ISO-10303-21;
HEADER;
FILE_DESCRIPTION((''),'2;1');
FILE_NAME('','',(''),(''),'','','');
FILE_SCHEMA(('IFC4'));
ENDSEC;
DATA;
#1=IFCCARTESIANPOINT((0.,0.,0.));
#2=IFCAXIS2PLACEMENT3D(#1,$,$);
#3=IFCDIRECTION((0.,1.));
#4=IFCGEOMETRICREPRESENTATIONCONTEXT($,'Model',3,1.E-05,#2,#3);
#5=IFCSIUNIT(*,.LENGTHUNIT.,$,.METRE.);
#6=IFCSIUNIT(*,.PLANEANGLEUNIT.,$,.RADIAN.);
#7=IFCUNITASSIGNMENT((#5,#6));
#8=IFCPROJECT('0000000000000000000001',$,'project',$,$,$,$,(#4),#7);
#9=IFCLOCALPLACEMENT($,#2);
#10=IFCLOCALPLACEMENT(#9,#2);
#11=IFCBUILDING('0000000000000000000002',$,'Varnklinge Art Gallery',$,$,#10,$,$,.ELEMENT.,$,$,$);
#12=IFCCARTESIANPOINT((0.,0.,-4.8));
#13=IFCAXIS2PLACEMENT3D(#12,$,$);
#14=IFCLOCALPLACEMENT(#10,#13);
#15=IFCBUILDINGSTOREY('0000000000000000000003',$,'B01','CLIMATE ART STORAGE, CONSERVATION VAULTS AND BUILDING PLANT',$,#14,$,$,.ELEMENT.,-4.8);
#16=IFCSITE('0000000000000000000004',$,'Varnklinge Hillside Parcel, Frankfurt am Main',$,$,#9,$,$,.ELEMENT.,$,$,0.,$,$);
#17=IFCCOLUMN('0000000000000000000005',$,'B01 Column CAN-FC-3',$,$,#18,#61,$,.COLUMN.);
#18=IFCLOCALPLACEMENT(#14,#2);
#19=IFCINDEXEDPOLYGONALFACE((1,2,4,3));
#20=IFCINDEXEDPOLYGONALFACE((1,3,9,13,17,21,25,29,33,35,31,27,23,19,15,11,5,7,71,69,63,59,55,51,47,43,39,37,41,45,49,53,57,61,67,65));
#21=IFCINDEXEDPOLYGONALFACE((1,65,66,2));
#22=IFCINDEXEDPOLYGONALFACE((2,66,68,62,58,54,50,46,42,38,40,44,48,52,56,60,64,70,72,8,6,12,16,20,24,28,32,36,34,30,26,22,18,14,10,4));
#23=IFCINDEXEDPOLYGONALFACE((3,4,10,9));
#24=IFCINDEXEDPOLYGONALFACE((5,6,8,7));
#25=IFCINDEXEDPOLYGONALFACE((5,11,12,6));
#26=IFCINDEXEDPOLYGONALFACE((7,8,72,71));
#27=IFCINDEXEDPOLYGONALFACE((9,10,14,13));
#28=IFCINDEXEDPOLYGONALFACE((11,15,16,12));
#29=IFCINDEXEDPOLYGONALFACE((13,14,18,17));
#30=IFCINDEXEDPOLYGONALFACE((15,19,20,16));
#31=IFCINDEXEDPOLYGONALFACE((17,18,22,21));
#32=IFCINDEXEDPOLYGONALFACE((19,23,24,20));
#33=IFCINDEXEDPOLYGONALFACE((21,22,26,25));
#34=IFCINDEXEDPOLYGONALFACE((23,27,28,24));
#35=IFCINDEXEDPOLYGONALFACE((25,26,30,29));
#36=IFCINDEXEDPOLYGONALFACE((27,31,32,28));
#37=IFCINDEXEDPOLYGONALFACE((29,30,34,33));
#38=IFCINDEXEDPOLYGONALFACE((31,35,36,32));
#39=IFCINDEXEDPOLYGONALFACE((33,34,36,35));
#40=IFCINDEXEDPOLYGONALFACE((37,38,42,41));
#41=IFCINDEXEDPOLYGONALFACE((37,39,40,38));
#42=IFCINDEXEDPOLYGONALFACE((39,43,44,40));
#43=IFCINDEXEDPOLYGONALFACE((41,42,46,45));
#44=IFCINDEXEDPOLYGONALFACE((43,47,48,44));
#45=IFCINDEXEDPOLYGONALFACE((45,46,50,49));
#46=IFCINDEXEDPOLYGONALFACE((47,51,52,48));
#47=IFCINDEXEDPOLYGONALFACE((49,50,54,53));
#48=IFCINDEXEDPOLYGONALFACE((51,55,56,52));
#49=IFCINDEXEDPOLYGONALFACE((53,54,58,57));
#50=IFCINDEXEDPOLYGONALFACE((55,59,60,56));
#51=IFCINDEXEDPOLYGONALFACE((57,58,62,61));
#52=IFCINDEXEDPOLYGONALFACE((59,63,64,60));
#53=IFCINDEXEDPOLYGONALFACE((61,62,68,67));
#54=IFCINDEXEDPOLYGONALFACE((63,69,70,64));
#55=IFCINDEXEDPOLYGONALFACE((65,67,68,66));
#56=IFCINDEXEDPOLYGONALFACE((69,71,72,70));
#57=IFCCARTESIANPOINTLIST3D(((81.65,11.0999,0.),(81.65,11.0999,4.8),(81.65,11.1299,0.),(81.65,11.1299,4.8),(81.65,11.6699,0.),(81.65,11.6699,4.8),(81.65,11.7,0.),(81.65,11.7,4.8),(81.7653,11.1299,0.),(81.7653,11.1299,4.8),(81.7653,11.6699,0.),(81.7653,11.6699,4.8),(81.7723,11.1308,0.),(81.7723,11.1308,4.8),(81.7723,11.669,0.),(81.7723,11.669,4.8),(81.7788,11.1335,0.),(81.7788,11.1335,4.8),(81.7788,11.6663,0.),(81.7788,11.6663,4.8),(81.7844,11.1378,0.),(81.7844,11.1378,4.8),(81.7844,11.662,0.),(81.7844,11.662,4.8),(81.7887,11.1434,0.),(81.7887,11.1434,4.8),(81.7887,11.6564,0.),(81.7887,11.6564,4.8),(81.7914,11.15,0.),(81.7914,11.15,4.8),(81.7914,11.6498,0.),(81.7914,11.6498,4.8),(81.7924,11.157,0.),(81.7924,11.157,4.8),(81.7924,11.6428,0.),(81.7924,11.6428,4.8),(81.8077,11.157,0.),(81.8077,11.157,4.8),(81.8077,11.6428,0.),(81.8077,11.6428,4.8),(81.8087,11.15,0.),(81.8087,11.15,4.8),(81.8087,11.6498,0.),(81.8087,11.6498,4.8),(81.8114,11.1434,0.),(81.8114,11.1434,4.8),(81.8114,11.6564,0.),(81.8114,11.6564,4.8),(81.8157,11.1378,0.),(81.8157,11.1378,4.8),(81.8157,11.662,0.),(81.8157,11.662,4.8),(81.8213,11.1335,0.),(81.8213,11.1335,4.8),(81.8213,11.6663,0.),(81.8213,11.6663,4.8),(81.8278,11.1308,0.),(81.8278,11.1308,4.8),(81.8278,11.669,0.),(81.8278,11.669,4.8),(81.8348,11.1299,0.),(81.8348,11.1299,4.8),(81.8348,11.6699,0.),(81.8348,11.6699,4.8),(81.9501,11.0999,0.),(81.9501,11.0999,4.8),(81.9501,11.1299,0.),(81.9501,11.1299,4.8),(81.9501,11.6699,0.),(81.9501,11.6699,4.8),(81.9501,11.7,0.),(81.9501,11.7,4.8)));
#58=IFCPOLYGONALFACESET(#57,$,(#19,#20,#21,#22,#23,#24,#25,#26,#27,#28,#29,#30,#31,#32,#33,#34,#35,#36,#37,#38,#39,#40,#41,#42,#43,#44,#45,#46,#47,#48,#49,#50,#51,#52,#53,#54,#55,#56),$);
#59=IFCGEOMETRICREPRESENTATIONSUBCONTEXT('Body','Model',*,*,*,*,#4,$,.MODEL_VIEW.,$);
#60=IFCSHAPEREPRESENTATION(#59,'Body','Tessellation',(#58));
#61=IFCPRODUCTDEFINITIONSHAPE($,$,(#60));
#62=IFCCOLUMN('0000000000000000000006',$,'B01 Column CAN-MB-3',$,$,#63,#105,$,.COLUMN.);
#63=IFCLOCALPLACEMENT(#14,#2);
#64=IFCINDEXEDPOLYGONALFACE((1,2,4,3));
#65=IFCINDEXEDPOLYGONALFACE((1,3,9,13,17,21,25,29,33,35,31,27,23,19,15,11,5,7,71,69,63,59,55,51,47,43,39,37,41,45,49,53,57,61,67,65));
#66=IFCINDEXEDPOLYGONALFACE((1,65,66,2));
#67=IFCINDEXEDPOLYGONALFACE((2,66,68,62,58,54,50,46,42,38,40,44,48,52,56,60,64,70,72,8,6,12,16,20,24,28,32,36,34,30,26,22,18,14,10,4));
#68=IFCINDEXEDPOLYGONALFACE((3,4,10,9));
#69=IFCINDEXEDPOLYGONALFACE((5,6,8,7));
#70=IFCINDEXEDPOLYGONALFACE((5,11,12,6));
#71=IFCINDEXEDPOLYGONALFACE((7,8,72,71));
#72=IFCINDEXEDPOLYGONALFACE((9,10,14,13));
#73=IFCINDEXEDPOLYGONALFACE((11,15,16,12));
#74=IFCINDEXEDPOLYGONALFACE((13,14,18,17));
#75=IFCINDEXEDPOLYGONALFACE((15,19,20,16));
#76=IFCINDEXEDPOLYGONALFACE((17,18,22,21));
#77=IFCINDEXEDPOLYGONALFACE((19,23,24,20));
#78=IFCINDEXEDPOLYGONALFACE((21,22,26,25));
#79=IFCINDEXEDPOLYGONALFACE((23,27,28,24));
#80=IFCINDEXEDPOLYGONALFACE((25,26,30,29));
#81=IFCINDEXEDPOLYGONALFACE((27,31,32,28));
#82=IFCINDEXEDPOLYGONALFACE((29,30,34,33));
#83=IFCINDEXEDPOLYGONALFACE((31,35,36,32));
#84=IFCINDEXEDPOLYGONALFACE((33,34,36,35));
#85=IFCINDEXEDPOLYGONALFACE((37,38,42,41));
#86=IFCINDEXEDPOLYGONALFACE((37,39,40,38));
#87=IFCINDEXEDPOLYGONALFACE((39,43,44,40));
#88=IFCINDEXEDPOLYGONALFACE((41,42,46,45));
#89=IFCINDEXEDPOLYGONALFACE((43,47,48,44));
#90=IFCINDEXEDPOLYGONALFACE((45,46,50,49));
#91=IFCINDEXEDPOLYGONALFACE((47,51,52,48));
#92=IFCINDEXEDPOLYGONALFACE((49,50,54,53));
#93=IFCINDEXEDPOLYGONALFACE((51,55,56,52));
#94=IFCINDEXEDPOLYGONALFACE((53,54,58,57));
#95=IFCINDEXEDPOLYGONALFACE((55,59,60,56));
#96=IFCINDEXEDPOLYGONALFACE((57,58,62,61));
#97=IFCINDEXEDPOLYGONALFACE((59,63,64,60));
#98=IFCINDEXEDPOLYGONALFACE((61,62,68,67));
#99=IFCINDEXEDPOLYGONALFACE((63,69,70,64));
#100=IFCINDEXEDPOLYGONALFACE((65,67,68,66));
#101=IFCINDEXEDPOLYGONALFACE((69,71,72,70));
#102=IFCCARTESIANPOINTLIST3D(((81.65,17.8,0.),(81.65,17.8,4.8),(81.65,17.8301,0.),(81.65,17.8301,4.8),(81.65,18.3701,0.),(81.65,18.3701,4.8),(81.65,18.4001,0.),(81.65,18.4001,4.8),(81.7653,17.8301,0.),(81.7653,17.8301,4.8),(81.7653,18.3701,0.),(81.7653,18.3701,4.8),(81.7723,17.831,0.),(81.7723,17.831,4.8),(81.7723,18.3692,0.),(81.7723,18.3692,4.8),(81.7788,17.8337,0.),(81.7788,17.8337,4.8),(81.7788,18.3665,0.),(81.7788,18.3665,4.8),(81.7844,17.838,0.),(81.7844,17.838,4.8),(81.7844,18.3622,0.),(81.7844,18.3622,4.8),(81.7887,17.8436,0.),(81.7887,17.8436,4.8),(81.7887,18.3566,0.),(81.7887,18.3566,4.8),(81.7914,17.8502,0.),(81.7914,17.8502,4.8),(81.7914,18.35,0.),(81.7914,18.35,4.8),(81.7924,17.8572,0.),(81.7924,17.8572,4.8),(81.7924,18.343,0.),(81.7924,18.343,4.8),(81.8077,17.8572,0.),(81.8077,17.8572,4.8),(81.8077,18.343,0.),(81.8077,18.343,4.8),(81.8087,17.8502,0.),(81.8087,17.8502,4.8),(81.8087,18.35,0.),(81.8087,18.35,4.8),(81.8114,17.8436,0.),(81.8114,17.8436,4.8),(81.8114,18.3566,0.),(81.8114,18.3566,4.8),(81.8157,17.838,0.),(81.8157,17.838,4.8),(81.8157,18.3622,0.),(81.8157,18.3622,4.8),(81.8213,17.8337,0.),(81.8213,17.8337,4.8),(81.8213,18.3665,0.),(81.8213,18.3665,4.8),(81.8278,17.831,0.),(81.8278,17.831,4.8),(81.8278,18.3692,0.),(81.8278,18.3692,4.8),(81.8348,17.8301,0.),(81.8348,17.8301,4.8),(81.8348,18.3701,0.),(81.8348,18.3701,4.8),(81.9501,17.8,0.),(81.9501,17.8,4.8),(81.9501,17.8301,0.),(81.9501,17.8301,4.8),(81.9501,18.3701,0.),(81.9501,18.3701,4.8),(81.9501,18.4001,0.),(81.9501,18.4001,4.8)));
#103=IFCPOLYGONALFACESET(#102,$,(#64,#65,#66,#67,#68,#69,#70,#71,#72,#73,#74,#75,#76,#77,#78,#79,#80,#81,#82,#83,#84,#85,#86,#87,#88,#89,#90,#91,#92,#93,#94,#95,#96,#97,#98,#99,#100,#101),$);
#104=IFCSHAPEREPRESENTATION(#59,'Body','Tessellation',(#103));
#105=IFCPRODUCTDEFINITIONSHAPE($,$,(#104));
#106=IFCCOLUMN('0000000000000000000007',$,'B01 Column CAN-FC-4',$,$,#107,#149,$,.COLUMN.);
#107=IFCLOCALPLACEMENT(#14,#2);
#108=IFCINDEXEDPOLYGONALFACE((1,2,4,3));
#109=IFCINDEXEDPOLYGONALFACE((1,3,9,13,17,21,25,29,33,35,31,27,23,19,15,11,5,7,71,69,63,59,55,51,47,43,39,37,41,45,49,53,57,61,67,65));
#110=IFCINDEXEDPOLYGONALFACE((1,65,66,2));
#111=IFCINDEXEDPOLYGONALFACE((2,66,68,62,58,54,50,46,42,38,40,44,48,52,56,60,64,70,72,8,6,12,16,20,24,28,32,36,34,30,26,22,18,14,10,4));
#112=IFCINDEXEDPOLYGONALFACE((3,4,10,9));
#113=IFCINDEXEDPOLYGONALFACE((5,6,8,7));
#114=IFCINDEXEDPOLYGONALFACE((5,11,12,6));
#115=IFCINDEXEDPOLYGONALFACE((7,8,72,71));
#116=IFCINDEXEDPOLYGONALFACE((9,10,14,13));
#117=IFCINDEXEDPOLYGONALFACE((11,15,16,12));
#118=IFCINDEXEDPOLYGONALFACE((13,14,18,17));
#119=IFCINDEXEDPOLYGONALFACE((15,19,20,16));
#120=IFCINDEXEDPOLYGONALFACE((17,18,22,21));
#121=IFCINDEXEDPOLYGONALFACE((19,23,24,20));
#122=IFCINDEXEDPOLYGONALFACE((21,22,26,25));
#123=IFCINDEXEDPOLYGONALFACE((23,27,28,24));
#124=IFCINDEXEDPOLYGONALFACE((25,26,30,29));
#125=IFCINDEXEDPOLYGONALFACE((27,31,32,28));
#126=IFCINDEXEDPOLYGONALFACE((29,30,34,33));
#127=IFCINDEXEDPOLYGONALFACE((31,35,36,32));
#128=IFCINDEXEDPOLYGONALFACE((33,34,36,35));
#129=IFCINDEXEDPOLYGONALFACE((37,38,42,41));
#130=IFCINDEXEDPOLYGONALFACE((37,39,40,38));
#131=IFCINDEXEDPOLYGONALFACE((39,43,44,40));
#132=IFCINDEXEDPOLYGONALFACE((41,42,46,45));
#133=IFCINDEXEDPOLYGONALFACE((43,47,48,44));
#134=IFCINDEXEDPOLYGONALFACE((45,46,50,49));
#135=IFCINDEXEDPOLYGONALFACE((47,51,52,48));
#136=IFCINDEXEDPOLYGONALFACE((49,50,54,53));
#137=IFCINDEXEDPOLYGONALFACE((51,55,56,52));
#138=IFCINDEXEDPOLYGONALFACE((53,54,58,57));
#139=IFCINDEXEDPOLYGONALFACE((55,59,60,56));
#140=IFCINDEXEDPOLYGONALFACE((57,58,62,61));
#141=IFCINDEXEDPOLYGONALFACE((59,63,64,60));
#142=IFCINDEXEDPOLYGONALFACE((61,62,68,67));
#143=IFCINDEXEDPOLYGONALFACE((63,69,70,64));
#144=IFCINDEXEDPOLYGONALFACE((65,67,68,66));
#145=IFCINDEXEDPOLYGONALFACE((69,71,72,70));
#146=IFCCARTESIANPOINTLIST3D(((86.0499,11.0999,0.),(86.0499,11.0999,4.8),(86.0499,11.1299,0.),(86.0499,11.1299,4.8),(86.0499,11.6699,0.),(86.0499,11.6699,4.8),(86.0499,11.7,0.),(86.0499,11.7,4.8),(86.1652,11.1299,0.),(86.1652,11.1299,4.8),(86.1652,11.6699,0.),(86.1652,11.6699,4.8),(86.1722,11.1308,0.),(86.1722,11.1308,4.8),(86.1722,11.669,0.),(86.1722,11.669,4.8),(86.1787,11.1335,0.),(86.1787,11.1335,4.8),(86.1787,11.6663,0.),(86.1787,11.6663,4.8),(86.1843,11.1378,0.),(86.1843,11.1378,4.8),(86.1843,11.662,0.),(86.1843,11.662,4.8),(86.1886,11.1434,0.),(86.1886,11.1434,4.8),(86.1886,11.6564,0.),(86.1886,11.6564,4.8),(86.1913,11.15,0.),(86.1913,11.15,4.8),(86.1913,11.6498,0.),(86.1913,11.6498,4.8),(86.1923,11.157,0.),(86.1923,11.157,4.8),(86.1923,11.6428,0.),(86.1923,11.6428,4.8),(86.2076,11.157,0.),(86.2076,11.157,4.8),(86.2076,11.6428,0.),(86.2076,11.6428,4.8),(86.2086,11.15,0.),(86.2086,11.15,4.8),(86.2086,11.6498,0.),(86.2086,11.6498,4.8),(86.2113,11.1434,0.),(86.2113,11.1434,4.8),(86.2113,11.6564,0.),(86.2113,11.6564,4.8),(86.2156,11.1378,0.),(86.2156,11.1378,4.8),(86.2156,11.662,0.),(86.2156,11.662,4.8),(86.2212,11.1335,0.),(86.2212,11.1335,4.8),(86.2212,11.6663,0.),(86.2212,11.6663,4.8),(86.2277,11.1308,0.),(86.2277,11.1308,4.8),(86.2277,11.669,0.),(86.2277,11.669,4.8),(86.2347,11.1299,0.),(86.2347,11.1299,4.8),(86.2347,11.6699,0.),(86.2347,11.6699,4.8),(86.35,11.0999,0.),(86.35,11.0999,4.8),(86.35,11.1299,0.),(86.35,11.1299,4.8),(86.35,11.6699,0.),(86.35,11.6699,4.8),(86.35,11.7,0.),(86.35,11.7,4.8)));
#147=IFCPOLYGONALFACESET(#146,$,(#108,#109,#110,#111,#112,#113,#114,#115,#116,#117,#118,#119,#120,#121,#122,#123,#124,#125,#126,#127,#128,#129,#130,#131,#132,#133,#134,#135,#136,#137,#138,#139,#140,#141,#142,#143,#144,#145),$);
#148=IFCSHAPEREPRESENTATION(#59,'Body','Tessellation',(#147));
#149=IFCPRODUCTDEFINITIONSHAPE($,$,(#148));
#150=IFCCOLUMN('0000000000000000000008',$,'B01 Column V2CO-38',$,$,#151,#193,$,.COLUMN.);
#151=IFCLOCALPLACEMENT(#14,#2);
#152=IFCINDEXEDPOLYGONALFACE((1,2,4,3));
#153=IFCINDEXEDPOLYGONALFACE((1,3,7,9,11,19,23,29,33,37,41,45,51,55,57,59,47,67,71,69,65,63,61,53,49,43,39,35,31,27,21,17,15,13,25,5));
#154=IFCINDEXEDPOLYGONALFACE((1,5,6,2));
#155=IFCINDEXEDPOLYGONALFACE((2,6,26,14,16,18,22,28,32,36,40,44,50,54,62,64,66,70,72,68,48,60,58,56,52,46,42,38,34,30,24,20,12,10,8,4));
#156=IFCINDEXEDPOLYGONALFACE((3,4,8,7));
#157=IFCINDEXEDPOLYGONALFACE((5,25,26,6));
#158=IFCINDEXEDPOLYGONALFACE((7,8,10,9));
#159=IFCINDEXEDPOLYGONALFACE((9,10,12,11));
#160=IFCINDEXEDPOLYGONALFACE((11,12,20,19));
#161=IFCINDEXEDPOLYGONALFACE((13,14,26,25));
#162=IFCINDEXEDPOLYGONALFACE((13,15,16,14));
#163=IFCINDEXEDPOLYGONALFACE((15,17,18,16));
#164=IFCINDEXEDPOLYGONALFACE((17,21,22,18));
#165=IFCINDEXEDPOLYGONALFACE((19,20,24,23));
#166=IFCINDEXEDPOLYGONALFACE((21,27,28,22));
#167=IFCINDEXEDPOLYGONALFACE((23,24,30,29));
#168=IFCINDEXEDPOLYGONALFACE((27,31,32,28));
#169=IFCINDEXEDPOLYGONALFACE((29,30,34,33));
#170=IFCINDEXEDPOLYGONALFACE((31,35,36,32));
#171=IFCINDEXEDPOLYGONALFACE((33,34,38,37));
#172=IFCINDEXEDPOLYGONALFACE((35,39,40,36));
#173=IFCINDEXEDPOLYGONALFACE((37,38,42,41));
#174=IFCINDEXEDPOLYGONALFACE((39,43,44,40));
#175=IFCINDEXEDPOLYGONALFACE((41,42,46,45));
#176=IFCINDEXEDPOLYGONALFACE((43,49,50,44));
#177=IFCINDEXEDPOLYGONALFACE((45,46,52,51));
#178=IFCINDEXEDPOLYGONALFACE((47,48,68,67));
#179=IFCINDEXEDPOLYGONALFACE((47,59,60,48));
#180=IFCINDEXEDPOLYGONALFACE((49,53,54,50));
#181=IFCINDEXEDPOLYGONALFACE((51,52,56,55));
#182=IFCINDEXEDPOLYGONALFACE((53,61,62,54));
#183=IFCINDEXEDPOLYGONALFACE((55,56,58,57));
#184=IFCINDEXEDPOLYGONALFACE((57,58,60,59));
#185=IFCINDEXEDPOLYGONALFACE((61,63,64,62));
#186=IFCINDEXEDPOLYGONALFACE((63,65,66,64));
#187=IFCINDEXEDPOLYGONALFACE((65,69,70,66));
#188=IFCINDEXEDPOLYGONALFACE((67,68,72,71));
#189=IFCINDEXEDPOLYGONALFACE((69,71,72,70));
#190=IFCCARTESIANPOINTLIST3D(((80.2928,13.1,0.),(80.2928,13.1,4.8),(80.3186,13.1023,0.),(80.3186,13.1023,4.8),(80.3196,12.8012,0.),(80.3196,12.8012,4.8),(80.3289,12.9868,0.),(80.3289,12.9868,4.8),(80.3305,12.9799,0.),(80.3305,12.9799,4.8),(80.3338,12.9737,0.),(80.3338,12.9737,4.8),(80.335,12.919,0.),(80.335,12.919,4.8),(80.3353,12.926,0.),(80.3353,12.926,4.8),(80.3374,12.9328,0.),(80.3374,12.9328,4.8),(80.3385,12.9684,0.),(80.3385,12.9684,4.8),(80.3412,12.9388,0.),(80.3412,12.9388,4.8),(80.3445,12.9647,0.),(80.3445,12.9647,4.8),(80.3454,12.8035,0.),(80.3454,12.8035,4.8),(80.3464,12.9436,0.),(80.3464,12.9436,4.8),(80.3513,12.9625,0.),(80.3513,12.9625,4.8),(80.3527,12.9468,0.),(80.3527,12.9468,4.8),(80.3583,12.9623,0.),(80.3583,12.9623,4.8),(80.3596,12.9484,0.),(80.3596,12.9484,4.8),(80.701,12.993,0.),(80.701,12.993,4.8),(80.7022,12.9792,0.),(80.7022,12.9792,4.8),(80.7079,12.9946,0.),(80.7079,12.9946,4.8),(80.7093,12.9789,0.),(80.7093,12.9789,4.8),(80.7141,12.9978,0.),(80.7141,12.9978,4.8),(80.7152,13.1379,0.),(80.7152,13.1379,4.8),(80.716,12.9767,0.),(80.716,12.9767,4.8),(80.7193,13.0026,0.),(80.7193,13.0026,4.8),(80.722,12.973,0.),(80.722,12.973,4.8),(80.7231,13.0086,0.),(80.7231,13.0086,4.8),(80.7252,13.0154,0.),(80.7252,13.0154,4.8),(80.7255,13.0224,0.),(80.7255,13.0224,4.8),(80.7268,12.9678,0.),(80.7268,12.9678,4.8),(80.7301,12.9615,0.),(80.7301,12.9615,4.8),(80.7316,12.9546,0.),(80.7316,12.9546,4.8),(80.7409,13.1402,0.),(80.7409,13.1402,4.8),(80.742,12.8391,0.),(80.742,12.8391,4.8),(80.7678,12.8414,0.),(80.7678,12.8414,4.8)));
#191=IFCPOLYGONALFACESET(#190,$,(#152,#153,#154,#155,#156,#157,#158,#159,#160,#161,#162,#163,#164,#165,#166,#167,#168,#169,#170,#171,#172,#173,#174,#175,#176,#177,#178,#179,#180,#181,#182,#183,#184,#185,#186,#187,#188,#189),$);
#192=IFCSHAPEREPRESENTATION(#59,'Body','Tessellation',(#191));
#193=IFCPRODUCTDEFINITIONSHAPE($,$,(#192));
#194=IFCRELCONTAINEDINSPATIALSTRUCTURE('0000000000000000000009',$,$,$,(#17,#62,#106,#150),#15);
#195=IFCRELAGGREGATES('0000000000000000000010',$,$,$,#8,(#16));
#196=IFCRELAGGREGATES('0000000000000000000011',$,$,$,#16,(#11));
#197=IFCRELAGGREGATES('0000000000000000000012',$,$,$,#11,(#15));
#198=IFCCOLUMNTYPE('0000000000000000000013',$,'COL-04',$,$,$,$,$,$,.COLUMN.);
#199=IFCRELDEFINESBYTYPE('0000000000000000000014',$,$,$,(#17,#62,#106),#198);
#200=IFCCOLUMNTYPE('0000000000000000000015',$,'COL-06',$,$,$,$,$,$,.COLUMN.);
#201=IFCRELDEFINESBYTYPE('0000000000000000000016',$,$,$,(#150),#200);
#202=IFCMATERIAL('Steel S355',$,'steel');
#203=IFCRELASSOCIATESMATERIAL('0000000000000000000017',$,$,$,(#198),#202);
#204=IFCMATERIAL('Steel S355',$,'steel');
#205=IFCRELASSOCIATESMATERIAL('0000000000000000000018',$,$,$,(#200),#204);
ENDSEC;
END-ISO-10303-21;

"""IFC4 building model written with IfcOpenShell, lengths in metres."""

from ifc_helpers import new_model, si_unit, direction, frame, origin, origin_2d, place, context, subcontext, project, spatial, i_section, extrude, material, material_profile, profile_set, type_object, element, save


model = new_model("IFC4")

# Units and contexts
model_context = context("Model", 3, precision=1e-05, world=origin(), true_north=direction((0.0, 1.0)))
body_context = subcontext(model_context, "Body", "Model", "MODEL_VIEW")
ifc_project = project(units=[si_unit("LENGTHUNIT", "METRE"), si_unit("PLANEANGLEUNIT", "RADIAN")], contexts=[model_context])

# Site, building, storey
site_placement = place(None, origin())
site = spatial("IfcSite", under=ifc_project, at=site_placement, Name="Varnklinge Hillside Parcel, Frankfurt am Main", CompositionType="ELEMENT", RefElevation=0.0)
building_placement = place(site_placement, origin())
building = spatial("IfcBuilding", under=site, at=building_placement, Name="Varnklinge Art Gallery", CompositionType="ELEMENT")
storey_placement = place(building_placement, frame((0.0, 0.0, -4.8)))
storey = spatial("IfcBuildingStorey", under=building, at=storey_placement, Name="B01", Description="CLIMATE ART STORAGE, CONSERVATION VAULTS AND BUILDING PLANT", CompositionType="ELEMENT", Elevation=-4.8)

# Columns
ifc_material_1 = material(Name="Steel S355", Category="steel")
ifc_material_profile_1 = material_profile(ifc_material_1, i_section(OverallWidth=0.3, OverallDepth=0.6001, WebThickness=0.0154, FlangeThickness=0.03, FilletRadius=0.0271, at=origin_2d()), Name="HEB 600")
ifc_profile_set_1 = profile_set([ifc_material_profile_1], Name="Steel S355")
column_type_1 = type_object("IfcColumnType", Name="COL-04", PredefinedType="COLUMN", material=ifc_profile_set_1)
for number, where, z_axis, x_axis, name in (
    (1, (81.8, 11.3999, 0.0), (0.0, 0.0, 1.0), (1.0, 0.0, 0.0), "B01 Column CAN-FC-3"),
    (2, (81.8, 18.1001, 0.0), (0.0, 0.0, 1.0), (1.0, 0.0, 0.0), "B01 Column CAN-MB-3"),
    (3, (86.2, 11.3999, 0.0), (0.0, 0.0, 1.0), (1.0, 0.0, 0.0), "B01 Column CAN-FC-4"),
):
    element("IfcColumn", number, at=place(storey_placement, frame(where, z_axis=z_axis, x_axis=x_axis)), inside=storey, type_object=column_type_1, Name=name, PredefinedType="COLUMN", context=body_context, shape_type="SweptSolid", body=[
        extrude(i_section(OverallWidth=0.3, OverallDepth=0.6001, WebThickness=0.0154, FlangeThickness=0.03, FilletRadius=0.0271, at=origin_2d()), origin(), (0.0, 0.0, 1.0), 4.8),
    ])
ifc_material_2 = material(Name="Steel S355", Category="steel")
ifc_material_profile_2 = material_profile(ifc_material_2, i_section(OverallWidth=0.3, OverallDepth=0.45, WebThickness=0.0139, FlangeThickness=0.0259, FilletRadius=0.0271, at=origin_2d()), Name="HEB 450")
ifc_profile_set_2 = profile_set([ifc_material_profile_2], Name="Steel S355")
column_type_2 = type_object("IfcColumnType", Name="COL-06", PredefinedType="COLUMN", material=ifc_profile_set_2)
for number, where, z_axis, x_axis, name in (
    (4, (80.5303, 12.9707, 0.0), (0.0, 0.0, 1.0), (-0.089416, 0.995994, 0.0), "B01 Column V2CO-38"),
):
    element("IfcColumn", number, at=place(storey_placement, frame(where, z_axis=z_axis, x_axis=x_axis)), inside=storey, type_object=column_type_2, Name=name, PredefinedType="COLUMN", context=body_context, shape_type="SweptSolid", body=[
        extrude(i_section(OverallWidth=0.3, OverallDepth=0.45, WebThickness=0.0139, FlangeThickness=0.0259, FilletRadius=0.0271, at=origin_2d()), origin(), (0.0, 0.0, 1.0), 4.8),
    ])

save(model, "model.ifc")
